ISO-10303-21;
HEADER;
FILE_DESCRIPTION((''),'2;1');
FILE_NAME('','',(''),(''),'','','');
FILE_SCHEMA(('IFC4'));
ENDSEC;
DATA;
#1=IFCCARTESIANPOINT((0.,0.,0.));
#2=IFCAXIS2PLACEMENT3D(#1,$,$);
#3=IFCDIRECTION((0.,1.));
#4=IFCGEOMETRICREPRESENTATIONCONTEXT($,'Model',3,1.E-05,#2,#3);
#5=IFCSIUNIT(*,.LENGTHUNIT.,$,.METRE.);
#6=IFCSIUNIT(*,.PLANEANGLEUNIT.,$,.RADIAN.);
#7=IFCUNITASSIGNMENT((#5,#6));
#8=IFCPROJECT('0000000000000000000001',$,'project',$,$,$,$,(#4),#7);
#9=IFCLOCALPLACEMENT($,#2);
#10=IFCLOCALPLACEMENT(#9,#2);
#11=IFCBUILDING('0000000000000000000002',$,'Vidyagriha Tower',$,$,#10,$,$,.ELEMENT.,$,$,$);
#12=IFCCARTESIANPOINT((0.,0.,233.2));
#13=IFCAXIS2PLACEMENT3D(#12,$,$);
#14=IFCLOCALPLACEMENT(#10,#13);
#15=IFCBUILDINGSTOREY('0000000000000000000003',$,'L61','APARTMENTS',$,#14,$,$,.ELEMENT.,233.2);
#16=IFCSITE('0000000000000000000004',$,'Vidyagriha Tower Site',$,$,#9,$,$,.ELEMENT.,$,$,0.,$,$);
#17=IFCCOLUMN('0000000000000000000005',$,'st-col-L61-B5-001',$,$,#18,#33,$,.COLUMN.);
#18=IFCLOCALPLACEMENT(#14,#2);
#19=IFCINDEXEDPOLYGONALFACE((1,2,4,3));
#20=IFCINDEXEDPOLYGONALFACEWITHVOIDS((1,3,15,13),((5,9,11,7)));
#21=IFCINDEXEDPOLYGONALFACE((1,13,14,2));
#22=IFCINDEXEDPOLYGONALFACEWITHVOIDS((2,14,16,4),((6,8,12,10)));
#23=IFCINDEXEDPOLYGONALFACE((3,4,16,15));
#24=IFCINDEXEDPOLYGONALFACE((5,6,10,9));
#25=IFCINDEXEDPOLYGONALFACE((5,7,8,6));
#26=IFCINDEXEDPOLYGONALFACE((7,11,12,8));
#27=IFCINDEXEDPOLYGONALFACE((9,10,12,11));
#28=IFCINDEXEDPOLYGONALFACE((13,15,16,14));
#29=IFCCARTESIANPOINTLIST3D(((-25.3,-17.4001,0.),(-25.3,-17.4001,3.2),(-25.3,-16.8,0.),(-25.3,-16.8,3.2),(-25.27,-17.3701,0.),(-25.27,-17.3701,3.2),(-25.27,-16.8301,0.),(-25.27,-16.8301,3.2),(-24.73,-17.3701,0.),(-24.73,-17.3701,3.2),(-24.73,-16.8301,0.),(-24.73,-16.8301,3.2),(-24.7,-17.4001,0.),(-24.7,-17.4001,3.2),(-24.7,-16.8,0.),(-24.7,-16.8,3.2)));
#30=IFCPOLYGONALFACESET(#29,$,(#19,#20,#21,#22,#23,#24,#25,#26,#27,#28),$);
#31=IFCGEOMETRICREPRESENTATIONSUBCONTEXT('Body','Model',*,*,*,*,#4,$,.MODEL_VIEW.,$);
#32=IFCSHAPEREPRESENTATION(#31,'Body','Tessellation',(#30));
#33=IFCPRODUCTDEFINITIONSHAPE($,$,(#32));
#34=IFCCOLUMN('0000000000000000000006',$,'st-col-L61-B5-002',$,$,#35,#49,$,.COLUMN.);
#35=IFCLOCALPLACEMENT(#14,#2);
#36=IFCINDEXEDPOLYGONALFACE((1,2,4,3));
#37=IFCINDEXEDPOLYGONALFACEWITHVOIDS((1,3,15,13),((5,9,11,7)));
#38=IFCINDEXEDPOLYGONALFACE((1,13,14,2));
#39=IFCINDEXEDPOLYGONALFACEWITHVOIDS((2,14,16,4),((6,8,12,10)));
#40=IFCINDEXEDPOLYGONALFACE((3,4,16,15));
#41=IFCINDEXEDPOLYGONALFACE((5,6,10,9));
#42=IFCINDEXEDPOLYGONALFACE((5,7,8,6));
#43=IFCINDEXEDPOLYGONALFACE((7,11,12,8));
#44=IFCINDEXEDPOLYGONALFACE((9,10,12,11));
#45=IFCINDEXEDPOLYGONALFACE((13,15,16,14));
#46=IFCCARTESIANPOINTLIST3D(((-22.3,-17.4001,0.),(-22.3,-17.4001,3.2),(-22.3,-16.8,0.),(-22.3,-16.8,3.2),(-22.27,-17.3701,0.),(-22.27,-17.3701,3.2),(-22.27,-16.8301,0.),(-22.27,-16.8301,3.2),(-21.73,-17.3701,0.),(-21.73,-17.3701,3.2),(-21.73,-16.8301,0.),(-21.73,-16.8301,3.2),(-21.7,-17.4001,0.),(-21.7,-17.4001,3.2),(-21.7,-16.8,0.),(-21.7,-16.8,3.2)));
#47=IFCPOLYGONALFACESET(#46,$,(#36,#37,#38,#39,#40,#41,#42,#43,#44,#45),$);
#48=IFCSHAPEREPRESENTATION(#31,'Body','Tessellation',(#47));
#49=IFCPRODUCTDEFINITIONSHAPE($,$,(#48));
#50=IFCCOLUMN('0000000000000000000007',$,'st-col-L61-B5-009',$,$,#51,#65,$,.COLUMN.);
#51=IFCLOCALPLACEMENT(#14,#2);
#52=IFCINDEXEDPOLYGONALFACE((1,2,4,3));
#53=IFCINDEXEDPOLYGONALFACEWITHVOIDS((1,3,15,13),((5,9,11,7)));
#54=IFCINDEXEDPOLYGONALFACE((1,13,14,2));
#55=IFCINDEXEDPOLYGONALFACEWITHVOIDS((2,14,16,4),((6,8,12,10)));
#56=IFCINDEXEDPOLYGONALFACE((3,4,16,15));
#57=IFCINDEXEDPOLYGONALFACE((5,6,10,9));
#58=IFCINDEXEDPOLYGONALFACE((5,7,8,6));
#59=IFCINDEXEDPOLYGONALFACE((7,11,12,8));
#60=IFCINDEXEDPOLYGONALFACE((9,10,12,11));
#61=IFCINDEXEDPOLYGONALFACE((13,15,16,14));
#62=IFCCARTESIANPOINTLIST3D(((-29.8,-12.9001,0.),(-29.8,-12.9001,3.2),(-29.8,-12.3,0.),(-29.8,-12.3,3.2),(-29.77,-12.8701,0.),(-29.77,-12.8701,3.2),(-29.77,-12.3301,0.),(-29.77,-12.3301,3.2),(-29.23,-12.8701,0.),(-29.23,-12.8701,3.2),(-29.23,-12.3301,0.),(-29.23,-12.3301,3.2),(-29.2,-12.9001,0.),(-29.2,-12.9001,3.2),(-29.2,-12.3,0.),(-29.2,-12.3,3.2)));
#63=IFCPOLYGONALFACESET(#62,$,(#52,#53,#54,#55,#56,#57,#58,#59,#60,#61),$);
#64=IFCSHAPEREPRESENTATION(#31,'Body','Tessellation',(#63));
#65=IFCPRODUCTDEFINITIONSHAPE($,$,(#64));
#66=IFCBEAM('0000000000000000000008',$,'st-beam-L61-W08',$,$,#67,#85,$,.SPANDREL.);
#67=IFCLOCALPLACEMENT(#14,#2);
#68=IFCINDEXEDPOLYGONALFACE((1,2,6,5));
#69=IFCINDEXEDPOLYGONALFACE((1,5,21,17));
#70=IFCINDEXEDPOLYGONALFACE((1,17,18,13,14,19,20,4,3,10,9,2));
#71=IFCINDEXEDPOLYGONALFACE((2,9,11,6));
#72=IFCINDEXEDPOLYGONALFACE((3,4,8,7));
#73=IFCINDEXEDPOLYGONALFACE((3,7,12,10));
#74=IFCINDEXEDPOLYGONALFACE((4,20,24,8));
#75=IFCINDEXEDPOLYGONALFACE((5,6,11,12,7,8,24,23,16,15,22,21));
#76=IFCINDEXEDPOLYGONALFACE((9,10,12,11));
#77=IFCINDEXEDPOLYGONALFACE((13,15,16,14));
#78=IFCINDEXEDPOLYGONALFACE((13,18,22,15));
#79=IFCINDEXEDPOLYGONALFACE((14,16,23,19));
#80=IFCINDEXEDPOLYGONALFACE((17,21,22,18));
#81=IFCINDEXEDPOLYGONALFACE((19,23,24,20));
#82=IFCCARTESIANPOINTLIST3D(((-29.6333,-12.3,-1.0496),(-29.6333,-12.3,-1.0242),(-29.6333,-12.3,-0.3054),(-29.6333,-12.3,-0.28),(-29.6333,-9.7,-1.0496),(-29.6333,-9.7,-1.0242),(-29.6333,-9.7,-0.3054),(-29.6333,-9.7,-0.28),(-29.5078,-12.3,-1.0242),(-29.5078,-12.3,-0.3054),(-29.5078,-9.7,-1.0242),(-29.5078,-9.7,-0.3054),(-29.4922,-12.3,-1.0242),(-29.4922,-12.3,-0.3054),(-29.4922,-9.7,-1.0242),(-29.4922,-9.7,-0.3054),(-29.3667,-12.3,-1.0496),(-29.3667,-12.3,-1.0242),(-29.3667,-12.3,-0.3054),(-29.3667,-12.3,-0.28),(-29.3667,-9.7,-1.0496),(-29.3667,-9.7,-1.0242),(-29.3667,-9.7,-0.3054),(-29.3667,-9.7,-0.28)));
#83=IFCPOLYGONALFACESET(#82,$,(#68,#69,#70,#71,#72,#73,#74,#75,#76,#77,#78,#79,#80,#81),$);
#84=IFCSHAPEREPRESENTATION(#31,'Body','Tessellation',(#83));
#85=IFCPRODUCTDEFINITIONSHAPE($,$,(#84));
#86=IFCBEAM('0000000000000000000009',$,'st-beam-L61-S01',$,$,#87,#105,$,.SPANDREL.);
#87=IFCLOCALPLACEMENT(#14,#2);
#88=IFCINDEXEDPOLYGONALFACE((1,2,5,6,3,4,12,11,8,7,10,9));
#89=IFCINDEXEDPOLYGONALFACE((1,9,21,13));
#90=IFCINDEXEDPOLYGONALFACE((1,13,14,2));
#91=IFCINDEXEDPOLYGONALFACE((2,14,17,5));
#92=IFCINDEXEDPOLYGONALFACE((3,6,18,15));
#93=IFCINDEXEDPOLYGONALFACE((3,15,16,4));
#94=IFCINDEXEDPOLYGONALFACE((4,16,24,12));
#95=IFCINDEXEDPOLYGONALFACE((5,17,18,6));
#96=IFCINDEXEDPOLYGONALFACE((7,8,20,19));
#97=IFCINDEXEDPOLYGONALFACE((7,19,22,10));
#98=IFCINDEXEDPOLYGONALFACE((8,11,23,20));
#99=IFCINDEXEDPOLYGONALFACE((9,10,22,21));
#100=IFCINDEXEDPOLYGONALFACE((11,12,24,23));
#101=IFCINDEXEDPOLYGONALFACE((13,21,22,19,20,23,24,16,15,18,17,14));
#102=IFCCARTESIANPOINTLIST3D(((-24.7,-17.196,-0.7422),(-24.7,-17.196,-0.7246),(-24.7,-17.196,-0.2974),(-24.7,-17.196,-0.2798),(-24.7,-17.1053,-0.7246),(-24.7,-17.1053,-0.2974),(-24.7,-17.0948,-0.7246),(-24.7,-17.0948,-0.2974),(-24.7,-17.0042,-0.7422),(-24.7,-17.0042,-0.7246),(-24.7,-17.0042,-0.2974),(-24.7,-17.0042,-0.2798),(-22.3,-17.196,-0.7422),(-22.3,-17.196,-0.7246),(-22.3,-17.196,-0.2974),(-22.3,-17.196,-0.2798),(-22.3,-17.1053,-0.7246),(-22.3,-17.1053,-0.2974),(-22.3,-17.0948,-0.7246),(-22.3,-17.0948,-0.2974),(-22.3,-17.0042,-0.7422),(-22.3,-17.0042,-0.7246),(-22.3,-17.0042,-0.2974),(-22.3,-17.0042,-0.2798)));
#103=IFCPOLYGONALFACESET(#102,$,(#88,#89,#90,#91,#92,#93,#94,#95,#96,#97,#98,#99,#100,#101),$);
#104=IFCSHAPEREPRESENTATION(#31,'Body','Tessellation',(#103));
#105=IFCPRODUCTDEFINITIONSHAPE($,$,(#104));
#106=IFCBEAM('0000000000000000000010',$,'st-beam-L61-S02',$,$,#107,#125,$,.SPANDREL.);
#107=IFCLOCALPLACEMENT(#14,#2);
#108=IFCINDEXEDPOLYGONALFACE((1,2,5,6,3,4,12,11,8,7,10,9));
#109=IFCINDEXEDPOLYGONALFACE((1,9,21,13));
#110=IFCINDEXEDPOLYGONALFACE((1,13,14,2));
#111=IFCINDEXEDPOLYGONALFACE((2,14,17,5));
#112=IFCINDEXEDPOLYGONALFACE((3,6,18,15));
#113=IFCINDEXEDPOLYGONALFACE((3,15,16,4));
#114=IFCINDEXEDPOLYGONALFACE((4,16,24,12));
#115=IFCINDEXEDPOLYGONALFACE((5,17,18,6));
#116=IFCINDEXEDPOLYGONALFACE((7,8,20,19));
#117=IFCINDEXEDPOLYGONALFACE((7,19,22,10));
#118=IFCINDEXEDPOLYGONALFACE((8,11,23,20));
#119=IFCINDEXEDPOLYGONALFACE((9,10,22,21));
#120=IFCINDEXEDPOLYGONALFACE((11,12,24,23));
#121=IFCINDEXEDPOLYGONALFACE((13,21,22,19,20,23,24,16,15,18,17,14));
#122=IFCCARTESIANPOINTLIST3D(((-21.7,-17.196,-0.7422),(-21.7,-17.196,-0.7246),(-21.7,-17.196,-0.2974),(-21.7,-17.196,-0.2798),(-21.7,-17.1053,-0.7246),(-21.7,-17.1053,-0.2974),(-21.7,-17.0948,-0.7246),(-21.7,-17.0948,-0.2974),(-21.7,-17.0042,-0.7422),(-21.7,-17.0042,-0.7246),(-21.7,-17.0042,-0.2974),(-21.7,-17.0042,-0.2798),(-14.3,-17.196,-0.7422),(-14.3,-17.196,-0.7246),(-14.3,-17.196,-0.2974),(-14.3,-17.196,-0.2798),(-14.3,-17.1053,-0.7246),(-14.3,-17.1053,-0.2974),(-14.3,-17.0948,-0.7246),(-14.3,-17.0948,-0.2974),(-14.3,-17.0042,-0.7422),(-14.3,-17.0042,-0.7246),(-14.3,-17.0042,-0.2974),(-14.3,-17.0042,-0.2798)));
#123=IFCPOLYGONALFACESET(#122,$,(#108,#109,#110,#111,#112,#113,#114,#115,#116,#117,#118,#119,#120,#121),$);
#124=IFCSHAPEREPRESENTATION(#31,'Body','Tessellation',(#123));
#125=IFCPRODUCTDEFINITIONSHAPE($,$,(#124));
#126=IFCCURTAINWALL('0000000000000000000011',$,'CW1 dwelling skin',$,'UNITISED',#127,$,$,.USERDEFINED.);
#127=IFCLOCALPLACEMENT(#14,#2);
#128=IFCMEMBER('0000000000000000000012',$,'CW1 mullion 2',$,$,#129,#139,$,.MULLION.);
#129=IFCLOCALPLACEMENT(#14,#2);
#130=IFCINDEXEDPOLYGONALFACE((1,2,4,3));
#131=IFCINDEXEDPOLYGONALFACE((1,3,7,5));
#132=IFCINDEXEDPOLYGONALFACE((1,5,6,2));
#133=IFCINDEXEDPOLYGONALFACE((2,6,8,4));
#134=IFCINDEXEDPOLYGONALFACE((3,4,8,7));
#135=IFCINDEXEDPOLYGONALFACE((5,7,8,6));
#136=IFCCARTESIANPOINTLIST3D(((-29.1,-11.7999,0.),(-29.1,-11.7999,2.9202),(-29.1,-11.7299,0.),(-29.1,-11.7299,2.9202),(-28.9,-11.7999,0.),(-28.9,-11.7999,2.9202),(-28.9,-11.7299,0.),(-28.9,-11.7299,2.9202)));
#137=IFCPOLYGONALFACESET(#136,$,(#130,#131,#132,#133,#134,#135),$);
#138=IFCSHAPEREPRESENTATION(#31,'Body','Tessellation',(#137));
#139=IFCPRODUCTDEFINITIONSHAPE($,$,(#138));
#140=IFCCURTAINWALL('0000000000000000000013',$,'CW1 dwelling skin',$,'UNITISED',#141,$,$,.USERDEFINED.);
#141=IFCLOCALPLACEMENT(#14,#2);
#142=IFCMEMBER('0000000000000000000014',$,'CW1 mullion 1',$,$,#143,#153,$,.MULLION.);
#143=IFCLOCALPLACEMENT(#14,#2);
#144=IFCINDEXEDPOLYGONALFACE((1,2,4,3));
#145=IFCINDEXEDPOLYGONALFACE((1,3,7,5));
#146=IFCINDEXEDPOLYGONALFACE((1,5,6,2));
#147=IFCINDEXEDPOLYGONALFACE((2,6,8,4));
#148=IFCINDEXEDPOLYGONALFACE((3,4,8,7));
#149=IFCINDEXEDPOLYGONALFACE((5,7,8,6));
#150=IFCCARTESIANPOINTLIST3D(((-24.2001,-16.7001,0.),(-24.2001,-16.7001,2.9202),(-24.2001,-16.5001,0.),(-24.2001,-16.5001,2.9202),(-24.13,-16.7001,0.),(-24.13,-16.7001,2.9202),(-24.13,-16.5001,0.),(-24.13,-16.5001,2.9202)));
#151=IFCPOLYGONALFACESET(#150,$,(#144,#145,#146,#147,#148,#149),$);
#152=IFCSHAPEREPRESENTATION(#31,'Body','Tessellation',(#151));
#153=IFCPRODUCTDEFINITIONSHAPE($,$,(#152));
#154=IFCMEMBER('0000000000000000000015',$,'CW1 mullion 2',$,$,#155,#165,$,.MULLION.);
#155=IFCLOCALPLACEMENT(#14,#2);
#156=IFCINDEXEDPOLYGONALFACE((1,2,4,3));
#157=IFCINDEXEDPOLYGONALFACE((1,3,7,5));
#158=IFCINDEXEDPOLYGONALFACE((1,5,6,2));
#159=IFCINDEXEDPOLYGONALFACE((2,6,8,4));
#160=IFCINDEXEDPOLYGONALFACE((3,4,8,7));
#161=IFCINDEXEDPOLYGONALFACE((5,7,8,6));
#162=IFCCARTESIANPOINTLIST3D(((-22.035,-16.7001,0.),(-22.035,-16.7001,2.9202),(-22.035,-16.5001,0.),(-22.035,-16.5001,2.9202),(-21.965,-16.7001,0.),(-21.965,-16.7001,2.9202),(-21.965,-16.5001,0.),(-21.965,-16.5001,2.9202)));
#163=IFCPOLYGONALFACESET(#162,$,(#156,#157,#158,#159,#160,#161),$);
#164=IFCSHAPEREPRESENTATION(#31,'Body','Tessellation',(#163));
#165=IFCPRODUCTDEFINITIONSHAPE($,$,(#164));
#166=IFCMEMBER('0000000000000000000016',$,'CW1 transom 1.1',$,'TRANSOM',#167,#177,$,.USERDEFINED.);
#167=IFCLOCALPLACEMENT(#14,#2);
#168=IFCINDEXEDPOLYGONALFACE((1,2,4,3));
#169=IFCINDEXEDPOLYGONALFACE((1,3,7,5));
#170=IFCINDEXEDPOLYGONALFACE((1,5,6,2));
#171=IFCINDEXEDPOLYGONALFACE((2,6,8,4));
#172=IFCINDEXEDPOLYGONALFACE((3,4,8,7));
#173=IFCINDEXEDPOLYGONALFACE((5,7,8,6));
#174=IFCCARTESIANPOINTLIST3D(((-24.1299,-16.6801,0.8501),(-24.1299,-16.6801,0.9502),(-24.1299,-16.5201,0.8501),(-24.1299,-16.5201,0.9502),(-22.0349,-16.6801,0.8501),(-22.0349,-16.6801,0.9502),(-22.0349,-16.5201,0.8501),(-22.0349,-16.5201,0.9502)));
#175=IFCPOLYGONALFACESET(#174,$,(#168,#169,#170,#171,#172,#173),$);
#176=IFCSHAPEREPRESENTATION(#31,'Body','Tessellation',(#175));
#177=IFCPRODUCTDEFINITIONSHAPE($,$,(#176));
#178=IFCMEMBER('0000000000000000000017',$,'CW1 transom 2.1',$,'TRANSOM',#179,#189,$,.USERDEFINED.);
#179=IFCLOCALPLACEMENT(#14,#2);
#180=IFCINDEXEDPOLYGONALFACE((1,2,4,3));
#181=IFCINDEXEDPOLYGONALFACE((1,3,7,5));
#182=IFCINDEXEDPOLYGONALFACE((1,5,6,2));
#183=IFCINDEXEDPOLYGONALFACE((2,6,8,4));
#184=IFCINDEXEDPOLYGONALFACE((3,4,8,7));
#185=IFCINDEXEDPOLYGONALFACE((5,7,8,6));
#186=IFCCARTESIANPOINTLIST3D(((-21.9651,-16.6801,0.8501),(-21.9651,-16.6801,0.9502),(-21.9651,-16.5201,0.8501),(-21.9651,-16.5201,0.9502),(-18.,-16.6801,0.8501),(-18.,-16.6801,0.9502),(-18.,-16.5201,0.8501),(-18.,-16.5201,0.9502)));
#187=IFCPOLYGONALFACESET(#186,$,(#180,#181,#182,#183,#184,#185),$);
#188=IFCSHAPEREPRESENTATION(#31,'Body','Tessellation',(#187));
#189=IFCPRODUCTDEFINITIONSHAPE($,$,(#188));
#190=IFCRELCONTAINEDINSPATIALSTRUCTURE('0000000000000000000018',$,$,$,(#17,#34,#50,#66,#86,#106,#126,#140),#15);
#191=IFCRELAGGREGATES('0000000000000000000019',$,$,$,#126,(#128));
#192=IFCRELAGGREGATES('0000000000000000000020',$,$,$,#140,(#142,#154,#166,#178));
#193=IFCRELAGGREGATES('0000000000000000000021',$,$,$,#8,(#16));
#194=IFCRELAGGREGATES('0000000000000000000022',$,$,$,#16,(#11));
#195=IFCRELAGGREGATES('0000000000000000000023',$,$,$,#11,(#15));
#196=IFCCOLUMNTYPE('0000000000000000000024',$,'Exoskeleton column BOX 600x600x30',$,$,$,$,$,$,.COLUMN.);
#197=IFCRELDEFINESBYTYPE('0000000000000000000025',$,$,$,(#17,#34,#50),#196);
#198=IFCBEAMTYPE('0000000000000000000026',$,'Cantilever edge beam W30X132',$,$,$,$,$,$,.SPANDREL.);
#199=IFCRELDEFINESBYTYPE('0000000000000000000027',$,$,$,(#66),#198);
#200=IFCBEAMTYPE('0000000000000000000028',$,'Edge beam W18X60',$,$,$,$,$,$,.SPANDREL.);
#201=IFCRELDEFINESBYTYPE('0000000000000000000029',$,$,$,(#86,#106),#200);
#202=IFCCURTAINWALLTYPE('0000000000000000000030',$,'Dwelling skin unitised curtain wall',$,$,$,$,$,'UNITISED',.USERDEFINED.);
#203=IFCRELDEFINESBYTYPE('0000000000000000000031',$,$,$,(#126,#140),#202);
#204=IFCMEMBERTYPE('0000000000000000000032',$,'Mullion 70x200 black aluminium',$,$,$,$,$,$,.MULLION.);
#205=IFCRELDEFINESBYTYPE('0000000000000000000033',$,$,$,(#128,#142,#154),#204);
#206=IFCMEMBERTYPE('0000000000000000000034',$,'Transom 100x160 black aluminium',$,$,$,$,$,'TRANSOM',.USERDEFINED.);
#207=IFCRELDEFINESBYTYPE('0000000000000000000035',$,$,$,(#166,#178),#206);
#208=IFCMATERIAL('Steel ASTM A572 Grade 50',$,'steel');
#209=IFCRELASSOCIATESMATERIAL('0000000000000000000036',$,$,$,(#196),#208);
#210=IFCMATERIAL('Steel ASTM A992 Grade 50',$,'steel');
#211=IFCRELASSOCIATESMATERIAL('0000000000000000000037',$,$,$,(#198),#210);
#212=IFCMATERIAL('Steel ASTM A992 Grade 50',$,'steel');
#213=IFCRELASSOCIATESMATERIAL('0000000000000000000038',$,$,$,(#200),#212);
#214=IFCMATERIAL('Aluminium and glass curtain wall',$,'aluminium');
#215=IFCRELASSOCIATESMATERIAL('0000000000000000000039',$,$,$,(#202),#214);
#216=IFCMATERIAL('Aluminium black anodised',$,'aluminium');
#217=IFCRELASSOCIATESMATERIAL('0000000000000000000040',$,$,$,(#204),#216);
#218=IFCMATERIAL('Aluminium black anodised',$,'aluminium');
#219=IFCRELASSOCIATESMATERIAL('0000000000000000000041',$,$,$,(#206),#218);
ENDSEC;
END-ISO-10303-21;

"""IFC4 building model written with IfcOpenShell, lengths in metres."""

from ifc_helpers import new_model, si_unit, direction, frame, origin, origin_2d, place, context, subcontext, project, spatial, rectangle, hollow_rectangle, i_section, extrude, material, material_profile, profile_set, type_object, element, aggregate, save


model = new_model("IFC4")

# Units and contexts
model_context = context("Model", 3, precision=1e-05, world=origin(), true_north=direction((0.0, 1.0)))
body_context = subcontext(model_context, "Body", "Model", "MODEL_VIEW")
ifc_project = project(units=[si_unit("LENGTHUNIT", "METRE"), si_unit("PLANEANGLEUNIT", "RADIAN")], contexts=[model_context])

# Site, building, storey
site_placement = place(None, origin())
site = spatial("IfcSite", under=ifc_project, at=site_placement, Name="Vidyagriha Tower Site", CompositionType="ELEMENT", RefElevation=0.0)
building_placement = place(site_placement, origin())
building = spatial("IfcBuilding", under=site, at=building_placement, Name="Vidyagriha Tower", CompositionType="ELEMENT")
storey_placement = place(building_placement, frame((0.0, 0.0, 233.2)))
storey = spatial("IfcBuildingStorey", under=building, at=storey_placement, Name="L61", Description="APARTMENTS", CompositionType="ELEMENT", Elevation=233.2)

# Columns
ifc_material_1 = material(Name="Steel ASTM A572 Grade 50", Category="steel")
ifc_material_profile_1 = material_profile(ifc_material_1, hollow_rectangle(XDim=0.6001, YDim=0.6001, WallThickness=0.03, at=origin_2d()), Name="BOX 600x600x30")
ifc_profile_set_1 = profile_set([ifc_material_profile_1], Name="Steel ASTM A572 Grade 50")
column_type = type_object("IfcColumnType", Name="Exoskeleton column BOX 600x600x30", PredefinedType="COLUMN", material=ifc_profile_set_1)
for number, where, name in (
    (1, (-25.0, -17.1001, 0.0), "st-col-L61-B5-001"),
    (2, (-22.0, -17.1001, 0.0), "st-col-L61-B5-002"),
    (3, (-29.5, -12.6001, 0.0), "st-col-L61-B5-009"),
):
    element("IfcColumn", number, at=place(storey_placement, frame(where)), inside=storey, type_object=column_type, Name=name, PredefinedType="COLUMN", context=body_context, shape_type="SweptSolid", body=[
        extrude(hollow_rectangle(XDim=0.6001, YDim=0.6001, WallThickness=0.03, at=origin_2d()), origin(), (0.0, 0.0, 1.0), 3.2),
    ])

# Beams
ifc_material_2 = material(Name="Steel ASTM A992 Grade 50", Category="steel")
ifc_material_profile_2 = material_profile(ifc_material_2, i_section(OverallWidth=0.2666, OverallDepth=0.7695, WebThickness=0.0156, FlangeThickness=0.0254, at=origin_2d()), Name="W30X132")
ifc_profile_set_2 = profile_set([ifc_material_profile_2], Name="Steel ASTM A992 Grade 50")
beam_type_1 = type_object("IfcBeamType", Name="Cantilever edge beam W30X132", PredefinedType="SPANDREL", material=ifc_profile_set_2)
beam_1_placement = place(storey_placement, frame((-29.5, -12.3, -0.6648), z_axis=(0.0, 1.0, 0.0), x_axis=(-1.0, 0.0, 0.0)))
element("IfcBeam", 4, at=beam_1_placement, inside=storey, type_object=beam_type_1, Name="st-beam-L61-W08", PredefinedType="SPANDREL", context=body_context, shape_type="SweptSolid", body=[
    extrude(i_section(OverallWidth=0.2666, OverallDepth=0.7695, WebThickness=0.0156, FlangeThickness=0.0254, at=origin_2d()), origin(), (0.0, 0.0, 1.0), 2.6001),
])
ifc_material_3 = material(Name="Steel ASTM A992 Grade 50", Category="steel")
ifc_material_profile_3 = material_profile(ifc_material_3, i_section(OverallWidth=0.1919, OverallDepth=0.4624, WebThickness=0.0105, FlangeThickness=0.0176, at=origin_2d()), Name="W18X60")
ifc_profile_set_3 = profile_set([ifc_material_profile_3], Name="Steel ASTM A992 Grade 50")
beam_type_2 = type_object("IfcBeamType", Name="Edge beam W18X60", PredefinedType="SPANDREL", material=ifc_profile_set_3)
beam_2_placement = place(storey_placement, frame((-24.7, -17.1001, -0.511), z_axis=(1.0, 0.0, 0.0), x_axis=(0.0, 1.0, 0.0)))
element("IfcBeam", 5, at=beam_2_placement, inside=storey, type_object=beam_type_2, Name="st-beam-L61-S01", PredefinedType="SPANDREL", context=body_context, shape_type="SweptSolid", body=[
    extrude(i_section(OverallWidth=0.1919, OverallDepth=0.4624, WebThickness=0.0105, FlangeThickness=0.0176, at=origin_2d()), origin(), (0.0, 0.0, 1.0), 2.3999),
])
beam_3_placement = place(storey_placement, frame((-21.7, -17.1001, -0.511), z_axis=(1.0, 0.0, 0.0), x_axis=(0.0, 1.0, 0.0)))
element("IfcBeam", 6, at=beam_3_placement, inside=storey, type_object=beam_type_2, Name="st-beam-L61-S02", PredefinedType="SPANDREL", context=body_context, shape_type="SweptSolid", body=[
    extrude(i_section(OverallWidth=0.1919, OverallDepth=0.4624, WebThickness=0.0105, FlangeThickness=0.0176, at=origin_2d()), origin(), (0.0, 0.0, 1.0), 7.3999),
])

# Curtain wall, member
ifc_material_4 = material(Name="Aluminium and glass curtain wall", Category="aluminium")
curtain_wall_type = type_object("IfcCurtainWallType", Name="Dwelling skin unitised curtain wall", ElementType="UNITISED", PredefinedType="USERDEFINED", material=ifc_material_4)
curtain_wall_1_placement = place(storey_placement, origin())
curtain_wall_1 = element("IfcCurtainWall", 7, at=curtain_wall_1_placement, inside=storey, type_object=curtain_wall_type, Name="CW1 dwelling skin", ObjectType="UNITISED", PredefinedType="USERDEFINED")
ifc_material_5 = material(Name="Aluminium black anodised", Category="aluminium")
ifc_material_profile_4 = material_profile(ifc_material_5, rectangle(XDim=0.2, YDim=0.0701, at=origin_2d()), Name="Mullion 70x200 black aluminium")
ifc_profile_set_4 = profile_set([ifc_material_profile_4], Name="Aluminium black anodised")
member_type_1 = type_object("IfcMemberType", Name="Mullion 70x200 black aluminium", PredefinedType="MULLION", material=ifc_profile_set_4)
member_1_placement = place(storey_placement, frame((-29.0, -11.7649, 0.0)))
member_1 = element("IfcMember", 8, at=member_1_placement, type_object=member_type_1, Name="CW1 mullion 2", PredefinedType="MULLION", context=body_context, shape_type="SweptSolid", body=[
    extrude(rectangle(XDim=0.2, YDim=0.0701, at=origin_2d()), origin(), (0.0, 0.0, 1.0), 2.9202),
])
aggregate(curtain_wall_1, [member_1])

# Curtain wall, members
curtain_wall_2_placement = place(storey_placement, origin())
curtain_wall_2 = element("IfcCurtainWall", 9, at=curtain_wall_2_placement, inside=storey, type_object=curtain_wall_type, Name="CW1 dwelling skin", ObjectType="UNITISED", PredefinedType="USERDEFINED")
member_2_placement = place(storey_placement, frame((-24.165, -16.6001, 0.0), z_axis=(0.0, 0.0, 1.0), x_axis=(0.0, 1.0, 0.0)))
member_2 = element("IfcMember", 10, at=member_2_placement, type_object=member_type_1, Name="CW1 mullion 1", PredefinedType="MULLION", context=body_context, shape_type="SweptSolid", body=[
    extrude(rectangle(XDim=0.2, YDim=0.0701, at=origin_2d()), origin(), (0.0, 0.0, 1.0), 2.9202),
])
member_3_placement = place(storey_placement, frame((-22.0, -16.6001, 0.0), z_axis=(0.0, 0.0, 1.0), x_axis=(0.0, 1.0, 0.0)))
member_3 = element("IfcMember", 11, at=member_3_placement, type_object=member_type_1, Name="CW1 mullion 2", PredefinedType="MULLION", context=body_context, shape_type="SweptSolid", body=[
    extrude(rectangle(XDim=0.2, YDim=0.0701, at=origin_2d()), origin(), (0.0, 0.0, 1.0), 2.9202),
])
ifc_material_6 = material(Name="Aluminium black anodised", Category="aluminium")
ifc_material_profile_5 = material_profile(ifc_material_6, rectangle(XDim=0.1599, YDim=0.1001, at=origin_2d()), Name="Transom 100x160 black aluminium")
ifc_profile_set_5 = profile_set([ifc_material_profile_5], Name="Aluminium black anodised")
member_type_2 = type_object("IfcMemberType", Name="Transom 100x160 black aluminium", ElementType="TRANSOM", PredefinedType="USERDEFINED", material=ifc_profile_set_5)
member_4_placement = place(storey_placement, frame((-24.1299, -16.6001, 0.9001), z_axis=(1.0, 0.0, 0.0), x_axis=(0.0, 1.0, 0.0)))
member_4 = element("IfcMember", 12, at=member_4_placement, type_object=member_type_2, Name="CW1 transom 1.1", ObjectType="TRANSOM", PredefinedType="USERDEFINED", context=body_context, shape_type="SweptSolid", body=[
    extrude(rectangle(XDim=0.1599, YDim=0.1001, at=origin_2d()), origin(), (0.0, 0.0, 1.0), 2.095),
])
member_5_placement = place(storey_placement, frame((-21.9651, -16.6001, 0.9001), z_axis=(1.0, 0.0, 0.0), x_axis=(0.0, 1.0, 0.0)))
member_5 = element("IfcMember", 13, at=member_5_placement, type_object=member_type_2, Name="CW1 transom 2.1", ObjectType="TRANSOM", PredefinedType="USERDEFINED", context=body_context, shape_type="SweptSolid", body=[
    extrude(rectangle(XDim=0.1599, YDim=0.1001, at=origin_2d()), origin(), (0.0, 0.0, 1.0), 3.9651),
])
aggregate(curtain_wall_2, [member_2, member_3, member_4, member_5])

save(model, "model.ifc")
